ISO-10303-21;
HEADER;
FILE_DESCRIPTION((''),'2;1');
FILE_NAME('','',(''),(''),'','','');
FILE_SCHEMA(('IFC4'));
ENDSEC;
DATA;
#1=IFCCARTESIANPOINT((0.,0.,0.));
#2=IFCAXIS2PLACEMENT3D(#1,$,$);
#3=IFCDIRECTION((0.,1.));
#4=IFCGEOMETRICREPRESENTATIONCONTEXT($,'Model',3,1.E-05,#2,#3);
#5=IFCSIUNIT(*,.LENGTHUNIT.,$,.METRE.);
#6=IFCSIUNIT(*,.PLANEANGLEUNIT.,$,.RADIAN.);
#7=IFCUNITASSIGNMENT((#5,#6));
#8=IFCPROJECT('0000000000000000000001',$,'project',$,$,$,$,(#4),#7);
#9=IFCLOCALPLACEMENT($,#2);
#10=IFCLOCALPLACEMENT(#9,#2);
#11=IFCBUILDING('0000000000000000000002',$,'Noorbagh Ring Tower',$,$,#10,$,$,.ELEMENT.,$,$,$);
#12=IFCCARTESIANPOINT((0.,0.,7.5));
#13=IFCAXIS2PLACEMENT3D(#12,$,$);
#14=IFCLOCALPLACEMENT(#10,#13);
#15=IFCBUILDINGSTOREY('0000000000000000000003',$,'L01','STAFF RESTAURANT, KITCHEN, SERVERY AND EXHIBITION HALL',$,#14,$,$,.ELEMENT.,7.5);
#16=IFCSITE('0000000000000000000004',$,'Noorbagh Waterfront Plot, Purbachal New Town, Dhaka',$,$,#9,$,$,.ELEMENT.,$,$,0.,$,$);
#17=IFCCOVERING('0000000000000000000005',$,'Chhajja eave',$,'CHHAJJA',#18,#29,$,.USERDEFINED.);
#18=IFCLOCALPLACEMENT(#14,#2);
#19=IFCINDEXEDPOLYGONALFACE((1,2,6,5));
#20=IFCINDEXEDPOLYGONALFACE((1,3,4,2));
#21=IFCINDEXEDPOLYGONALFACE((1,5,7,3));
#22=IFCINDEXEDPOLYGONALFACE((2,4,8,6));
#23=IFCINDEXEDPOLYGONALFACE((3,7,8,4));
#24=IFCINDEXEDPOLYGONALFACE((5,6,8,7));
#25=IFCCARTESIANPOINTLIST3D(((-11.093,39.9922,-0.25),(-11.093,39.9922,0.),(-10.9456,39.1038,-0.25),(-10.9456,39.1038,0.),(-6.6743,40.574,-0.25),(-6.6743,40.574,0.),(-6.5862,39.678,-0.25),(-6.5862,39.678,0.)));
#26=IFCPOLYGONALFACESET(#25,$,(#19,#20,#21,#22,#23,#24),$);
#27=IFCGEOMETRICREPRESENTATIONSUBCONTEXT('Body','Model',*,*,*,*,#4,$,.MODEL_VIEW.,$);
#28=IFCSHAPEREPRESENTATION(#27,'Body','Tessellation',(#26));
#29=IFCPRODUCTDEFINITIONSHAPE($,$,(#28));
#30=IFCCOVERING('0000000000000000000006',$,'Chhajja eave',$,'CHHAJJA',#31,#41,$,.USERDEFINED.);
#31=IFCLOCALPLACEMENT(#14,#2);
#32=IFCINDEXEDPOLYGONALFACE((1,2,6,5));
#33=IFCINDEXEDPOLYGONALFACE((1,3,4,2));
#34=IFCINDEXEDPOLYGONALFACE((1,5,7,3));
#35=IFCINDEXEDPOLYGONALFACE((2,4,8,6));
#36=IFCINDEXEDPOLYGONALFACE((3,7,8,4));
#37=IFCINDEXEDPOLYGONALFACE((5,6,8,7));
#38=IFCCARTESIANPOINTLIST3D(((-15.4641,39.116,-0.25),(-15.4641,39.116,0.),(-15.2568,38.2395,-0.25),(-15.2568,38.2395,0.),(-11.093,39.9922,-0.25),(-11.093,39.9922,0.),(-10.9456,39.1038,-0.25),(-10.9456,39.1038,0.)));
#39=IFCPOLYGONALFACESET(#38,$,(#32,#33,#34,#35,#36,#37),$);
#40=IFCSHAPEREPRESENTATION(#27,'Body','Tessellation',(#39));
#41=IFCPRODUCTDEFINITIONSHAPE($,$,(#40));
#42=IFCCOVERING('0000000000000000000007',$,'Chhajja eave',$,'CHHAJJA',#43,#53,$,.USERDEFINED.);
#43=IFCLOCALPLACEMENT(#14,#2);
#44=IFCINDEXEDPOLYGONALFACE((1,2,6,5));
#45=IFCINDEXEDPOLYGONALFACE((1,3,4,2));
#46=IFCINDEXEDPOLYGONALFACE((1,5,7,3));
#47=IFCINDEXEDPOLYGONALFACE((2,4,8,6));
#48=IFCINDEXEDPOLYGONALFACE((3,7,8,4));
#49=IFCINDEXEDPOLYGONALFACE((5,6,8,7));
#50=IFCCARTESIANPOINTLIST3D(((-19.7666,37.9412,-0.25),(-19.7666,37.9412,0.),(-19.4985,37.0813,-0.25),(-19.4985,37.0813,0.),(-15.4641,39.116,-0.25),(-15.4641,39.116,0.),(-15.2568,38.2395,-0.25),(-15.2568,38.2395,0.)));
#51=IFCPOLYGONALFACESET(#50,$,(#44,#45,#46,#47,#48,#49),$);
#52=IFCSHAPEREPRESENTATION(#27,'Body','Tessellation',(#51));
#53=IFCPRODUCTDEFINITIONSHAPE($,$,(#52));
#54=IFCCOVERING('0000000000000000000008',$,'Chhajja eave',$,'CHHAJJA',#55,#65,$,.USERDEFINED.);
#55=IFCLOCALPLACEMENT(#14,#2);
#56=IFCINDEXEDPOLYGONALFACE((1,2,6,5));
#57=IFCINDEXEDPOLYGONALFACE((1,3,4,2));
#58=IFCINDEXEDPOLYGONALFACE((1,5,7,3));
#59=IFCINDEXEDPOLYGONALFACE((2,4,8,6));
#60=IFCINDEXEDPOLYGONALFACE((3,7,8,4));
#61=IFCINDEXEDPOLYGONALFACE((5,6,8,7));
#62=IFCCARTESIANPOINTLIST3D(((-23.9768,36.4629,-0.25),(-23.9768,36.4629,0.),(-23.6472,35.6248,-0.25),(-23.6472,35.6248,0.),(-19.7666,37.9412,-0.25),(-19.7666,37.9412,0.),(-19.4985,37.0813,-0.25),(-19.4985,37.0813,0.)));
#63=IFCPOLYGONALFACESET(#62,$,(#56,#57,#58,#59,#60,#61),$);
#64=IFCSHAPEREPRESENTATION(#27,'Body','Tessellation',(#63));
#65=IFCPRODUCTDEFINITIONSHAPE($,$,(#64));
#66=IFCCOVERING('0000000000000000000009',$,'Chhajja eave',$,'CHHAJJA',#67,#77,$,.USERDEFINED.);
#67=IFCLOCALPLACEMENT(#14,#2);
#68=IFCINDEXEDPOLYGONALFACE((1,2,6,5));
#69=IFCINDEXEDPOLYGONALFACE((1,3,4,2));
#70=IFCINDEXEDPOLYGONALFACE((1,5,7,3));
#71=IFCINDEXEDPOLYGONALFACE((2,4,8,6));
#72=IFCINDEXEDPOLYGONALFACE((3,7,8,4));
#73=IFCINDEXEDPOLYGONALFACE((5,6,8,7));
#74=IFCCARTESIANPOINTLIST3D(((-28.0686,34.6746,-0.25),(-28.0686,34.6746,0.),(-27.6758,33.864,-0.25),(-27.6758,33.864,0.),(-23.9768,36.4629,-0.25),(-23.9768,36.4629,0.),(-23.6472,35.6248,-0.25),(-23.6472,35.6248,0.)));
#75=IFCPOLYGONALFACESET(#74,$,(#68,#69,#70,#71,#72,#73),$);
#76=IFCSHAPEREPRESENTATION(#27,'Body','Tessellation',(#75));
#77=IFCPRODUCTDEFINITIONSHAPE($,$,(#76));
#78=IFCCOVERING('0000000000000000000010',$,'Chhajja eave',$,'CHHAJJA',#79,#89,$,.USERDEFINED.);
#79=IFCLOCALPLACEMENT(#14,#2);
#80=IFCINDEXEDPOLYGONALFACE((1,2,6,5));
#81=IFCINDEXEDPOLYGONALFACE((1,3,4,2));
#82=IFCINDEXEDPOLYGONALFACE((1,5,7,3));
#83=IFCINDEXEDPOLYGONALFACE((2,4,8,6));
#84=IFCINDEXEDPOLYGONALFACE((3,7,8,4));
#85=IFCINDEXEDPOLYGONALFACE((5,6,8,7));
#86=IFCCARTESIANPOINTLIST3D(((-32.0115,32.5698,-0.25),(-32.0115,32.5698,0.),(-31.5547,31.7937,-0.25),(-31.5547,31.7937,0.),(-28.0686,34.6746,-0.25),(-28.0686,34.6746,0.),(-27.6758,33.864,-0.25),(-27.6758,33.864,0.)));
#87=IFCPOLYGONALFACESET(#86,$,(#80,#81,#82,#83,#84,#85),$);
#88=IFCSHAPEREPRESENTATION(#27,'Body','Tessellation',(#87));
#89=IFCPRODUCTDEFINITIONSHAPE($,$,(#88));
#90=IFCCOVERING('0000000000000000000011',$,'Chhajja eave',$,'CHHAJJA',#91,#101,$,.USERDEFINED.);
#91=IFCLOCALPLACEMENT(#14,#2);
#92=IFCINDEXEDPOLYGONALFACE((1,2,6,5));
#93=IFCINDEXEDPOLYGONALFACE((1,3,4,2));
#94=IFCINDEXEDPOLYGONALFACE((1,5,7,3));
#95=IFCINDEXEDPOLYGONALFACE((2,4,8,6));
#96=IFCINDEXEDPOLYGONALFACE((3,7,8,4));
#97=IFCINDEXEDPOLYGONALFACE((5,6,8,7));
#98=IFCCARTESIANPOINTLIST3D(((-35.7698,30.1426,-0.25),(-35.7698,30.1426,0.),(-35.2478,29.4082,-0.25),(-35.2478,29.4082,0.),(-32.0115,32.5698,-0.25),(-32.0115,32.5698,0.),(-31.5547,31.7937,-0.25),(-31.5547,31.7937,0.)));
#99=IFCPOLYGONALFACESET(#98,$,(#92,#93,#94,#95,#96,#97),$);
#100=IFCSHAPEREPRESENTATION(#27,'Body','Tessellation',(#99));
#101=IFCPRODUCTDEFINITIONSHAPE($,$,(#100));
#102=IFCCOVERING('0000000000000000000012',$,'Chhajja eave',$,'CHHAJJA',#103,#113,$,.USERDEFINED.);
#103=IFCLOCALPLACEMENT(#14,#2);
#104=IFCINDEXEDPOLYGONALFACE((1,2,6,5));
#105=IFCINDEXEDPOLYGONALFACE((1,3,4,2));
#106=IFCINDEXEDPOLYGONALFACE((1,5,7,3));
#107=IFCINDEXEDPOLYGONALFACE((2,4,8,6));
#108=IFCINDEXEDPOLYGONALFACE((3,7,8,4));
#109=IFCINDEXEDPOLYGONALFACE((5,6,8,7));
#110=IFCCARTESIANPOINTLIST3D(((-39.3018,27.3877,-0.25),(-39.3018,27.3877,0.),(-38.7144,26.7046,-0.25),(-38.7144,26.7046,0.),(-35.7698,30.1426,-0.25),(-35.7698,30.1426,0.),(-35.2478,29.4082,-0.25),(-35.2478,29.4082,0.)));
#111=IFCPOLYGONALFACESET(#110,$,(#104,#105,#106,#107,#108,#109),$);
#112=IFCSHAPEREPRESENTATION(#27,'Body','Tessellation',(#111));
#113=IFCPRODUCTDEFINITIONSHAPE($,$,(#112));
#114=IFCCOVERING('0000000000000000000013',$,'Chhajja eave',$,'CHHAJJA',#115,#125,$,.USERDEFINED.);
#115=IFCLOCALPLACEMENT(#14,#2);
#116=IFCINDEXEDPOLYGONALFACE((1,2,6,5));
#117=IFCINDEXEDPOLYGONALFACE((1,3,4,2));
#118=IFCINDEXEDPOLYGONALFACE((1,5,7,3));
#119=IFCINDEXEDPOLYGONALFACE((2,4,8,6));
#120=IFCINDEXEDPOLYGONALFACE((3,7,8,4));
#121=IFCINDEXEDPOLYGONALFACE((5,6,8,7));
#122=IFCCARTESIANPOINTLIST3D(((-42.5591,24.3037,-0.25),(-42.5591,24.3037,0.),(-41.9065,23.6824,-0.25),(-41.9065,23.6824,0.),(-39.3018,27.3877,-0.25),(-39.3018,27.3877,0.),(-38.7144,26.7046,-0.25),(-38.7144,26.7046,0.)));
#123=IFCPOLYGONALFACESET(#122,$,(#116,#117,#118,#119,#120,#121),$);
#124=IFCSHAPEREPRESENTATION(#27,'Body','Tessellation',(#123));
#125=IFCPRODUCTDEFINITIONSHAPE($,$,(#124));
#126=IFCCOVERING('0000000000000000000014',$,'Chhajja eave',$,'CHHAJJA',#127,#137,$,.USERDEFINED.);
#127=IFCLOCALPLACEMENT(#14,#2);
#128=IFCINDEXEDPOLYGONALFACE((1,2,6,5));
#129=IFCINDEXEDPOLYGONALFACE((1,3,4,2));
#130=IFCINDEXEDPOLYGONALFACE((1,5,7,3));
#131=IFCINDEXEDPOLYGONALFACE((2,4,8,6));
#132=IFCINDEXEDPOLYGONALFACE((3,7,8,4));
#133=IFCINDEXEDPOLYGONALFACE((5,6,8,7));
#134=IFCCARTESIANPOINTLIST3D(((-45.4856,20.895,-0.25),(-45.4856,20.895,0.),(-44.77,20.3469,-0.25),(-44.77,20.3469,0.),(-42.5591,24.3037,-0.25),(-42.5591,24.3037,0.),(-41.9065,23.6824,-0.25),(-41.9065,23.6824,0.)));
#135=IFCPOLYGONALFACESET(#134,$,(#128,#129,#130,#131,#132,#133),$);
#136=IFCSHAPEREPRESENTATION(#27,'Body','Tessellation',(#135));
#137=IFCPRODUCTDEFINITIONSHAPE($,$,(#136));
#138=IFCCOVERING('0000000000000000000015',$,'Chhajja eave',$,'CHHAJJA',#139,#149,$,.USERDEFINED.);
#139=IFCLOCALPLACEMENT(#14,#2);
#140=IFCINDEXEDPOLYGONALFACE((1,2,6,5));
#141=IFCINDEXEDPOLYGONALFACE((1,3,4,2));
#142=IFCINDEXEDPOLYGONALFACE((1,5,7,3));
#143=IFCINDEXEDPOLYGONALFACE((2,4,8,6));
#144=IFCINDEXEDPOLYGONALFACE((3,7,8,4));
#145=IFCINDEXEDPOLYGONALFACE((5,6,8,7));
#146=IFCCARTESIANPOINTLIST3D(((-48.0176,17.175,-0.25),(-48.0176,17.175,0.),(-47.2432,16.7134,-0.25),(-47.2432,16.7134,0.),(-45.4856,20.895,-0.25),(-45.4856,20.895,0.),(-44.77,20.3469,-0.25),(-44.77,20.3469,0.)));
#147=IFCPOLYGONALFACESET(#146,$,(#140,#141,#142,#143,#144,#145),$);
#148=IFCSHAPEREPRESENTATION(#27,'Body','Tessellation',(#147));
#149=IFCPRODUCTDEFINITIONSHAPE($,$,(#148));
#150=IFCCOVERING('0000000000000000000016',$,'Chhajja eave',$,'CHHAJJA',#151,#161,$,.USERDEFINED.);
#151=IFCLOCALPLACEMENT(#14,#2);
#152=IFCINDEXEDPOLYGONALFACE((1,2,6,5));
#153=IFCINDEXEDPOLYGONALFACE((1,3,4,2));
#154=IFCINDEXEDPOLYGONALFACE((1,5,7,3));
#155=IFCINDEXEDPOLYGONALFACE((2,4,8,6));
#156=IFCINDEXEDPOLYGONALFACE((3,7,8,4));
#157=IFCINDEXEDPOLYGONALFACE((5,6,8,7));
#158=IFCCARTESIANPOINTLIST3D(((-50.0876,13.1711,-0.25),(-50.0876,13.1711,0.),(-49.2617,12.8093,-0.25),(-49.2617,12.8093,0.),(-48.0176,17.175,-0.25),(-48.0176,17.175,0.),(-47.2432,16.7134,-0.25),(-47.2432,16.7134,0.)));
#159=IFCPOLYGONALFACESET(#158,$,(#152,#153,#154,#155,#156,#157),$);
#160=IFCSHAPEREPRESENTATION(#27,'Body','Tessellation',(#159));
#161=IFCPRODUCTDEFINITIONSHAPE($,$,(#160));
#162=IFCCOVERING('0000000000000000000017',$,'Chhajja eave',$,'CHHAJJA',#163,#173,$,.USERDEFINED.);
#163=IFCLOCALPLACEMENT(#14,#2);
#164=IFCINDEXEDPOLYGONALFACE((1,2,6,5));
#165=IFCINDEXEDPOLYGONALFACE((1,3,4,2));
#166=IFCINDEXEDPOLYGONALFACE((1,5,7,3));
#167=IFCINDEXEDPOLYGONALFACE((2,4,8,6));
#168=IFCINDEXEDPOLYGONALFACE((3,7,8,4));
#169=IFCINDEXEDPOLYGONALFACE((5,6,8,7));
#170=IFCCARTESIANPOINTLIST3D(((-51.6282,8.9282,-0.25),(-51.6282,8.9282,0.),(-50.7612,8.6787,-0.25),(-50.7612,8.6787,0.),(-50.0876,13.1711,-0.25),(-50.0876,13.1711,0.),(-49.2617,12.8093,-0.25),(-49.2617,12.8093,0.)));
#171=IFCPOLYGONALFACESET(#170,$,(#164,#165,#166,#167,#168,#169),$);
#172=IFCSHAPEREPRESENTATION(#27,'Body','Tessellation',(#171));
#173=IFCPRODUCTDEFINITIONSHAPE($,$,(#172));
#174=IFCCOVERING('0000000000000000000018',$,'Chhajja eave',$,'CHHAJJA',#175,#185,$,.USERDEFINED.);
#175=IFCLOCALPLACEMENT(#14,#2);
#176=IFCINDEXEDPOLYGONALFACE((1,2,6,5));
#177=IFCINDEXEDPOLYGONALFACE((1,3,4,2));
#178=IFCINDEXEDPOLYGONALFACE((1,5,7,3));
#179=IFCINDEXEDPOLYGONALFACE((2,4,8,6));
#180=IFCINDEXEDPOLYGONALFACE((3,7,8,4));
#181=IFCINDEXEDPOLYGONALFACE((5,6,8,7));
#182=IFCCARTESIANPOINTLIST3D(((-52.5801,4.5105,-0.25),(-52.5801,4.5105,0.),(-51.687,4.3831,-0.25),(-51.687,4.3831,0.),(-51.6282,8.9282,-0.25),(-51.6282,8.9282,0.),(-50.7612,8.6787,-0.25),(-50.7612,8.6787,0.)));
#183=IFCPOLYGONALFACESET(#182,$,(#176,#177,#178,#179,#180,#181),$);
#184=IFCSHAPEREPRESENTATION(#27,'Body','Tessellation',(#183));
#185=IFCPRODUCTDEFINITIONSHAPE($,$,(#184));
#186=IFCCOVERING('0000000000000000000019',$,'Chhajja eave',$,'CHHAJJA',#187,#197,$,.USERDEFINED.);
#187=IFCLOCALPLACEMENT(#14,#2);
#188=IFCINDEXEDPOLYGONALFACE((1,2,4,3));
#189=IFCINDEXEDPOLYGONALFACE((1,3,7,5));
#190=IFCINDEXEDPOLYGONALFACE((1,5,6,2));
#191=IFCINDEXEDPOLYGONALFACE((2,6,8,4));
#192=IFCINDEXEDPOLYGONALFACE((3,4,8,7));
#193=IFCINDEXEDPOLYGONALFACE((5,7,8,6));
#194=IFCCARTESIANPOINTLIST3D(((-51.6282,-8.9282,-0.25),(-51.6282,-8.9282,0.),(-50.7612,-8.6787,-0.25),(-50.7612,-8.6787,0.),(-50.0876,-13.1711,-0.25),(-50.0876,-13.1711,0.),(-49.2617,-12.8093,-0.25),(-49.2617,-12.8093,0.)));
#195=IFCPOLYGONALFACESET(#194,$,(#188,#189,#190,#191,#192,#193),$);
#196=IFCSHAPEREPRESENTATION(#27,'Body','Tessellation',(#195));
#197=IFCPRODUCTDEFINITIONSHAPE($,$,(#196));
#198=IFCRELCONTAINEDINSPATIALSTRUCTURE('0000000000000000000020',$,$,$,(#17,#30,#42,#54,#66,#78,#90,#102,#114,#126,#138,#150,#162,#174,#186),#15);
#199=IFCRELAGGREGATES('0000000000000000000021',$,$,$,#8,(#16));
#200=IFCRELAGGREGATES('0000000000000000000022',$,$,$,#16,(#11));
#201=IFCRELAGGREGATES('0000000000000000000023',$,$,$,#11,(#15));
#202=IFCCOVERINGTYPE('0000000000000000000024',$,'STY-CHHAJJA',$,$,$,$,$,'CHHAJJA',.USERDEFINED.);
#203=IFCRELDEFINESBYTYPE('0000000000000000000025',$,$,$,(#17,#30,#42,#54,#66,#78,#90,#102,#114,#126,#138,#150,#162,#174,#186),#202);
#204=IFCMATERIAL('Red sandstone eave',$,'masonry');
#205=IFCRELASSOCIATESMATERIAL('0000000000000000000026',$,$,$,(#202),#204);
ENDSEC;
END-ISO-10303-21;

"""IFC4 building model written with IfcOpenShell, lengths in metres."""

from ifc_helpers import new_model, si_unit, direction, frame, origin, place, context, subcontext, project, spatial, polyline, outline, extrude, material, type_object, element, save


model = new_model("IFC4")

# Units and contexts
model_context = context("Model", 3, precision=1e-05, world=origin(), true_north=direction((0.0, 1.0)))
body_context = subcontext(model_context, "Body", "Model", "MODEL_VIEW")
ifc_project = project(units=[si_unit("LENGTHUNIT", "METRE"), si_unit("PLANEANGLEUNIT", "RADIAN")], contexts=[model_context])

# Site, building, storey
site_placement = place(None, origin())
site = spatial("IfcSite", under=ifc_project, at=site_placement, Name="Noorbagh Waterfront Plot, Purbachal New Town, Dhaka", CompositionType="ELEMENT", RefElevation=0.0)
building_placement = place(site_placement, origin())
building = spatial("IfcBuilding", under=site, at=building_placement, Name="Noorbagh Ring Tower", CompositionType="ELEMENT")
storey_placement = place(building_placement, frame((0.0, 0.0, 7.5)))
storey = spatial("IfcBuildingStorey", under=building, at=storey_placement, Name="L01", Description="STAFF RESTAURANT, KITCHEN, SERVERY AND EXHIBITION HALL", CompositionType="ELEMENT", Elevation=7.5)

# Coverings
ifc_material = material(Name="Red sandstone eave", Category="masonry")
covering_type = type_object("IfcCoveringType", Name="STY-CHHAJJA", ElementType="CHHAJJA", PredefinedType="USERDEFINED", material=ifc_material)
covering_1_placement = place(storey_placement, frame((0.0, 0.0, -0.25)))
element("IfcCovering", 1, at=covering_1_placement, inside=storey, type_object=covering_type, Name="Chhajja eave", ObjectType="CHHAJJA", PredefinedType="USERDEFINED", context=body_context, shape_type="SweptSolid", body=[
    extrude(outline(polyline([(-6.5862, 39.678), (-10.9456, 39.1038), (-11.093, 39.9922), (-6.6743, 40.574), (-6.5862, 39.678)])), origin(), (0.0, 0.0, 1.0), 0.25),
])
covering_2_placement = place(storey_placement, frame((0.0, 0.0, -0.25)))
element("IfcCovering", 2, at=covering_2_placement, inside=storey, type_object=covering_type, Name="Chhajja eave", ObjectType="CHHAJJA", PredefinedType="USERDEFINED", context=body_context, shape_type="SweptSolid", body=[
    extrude(outline(polyline([(-10.9456, 39.1038), (-15.2568, 38.2395), (-15.4641, 39.116), (-11.093, 39.9922), (-10.9456, 39.1038)])), origin(), (0.0, 0.0, 1.0), 0.25),
])
covering_3_placement = place(storey_placement, frame((0.0, 0.0, -0.25)))
element("IfcCovering", 3, at=covering_3_placement, inside=storey, type_object=covering_type, Name="Chhajja eave", ObjectType="CHHAJJA", PredefinedType="USERDEFINED", context=body_context, shape_type="SweptSolid", body=[
    extrude(outline(polyline([(-15.2568, 38.2395), (-19.4985, 37.0813), (-19.7666, 37.9412), (-15.4641, 39.116), (-15.2568, 38.2395)])), origin(), (0.0, 0.0, 1.0), 0.25),
])
covering_4_placement = place(storey_placement, frame((0.0, 0.0, -0.25)))
element("IfcCovering", 4, at=covering_4_placement, inside=storey, type_object=covering_type, Name="Chhajja eave", ObjectType="CHHAJJA", PredefinedType="USERDEFINED", context=body_context, shape_type="SweptSolid", body=[
    extrude(outline(polyline([(-19.4985, 37.0813), (-23.6472, 35.6248), (-23.9768, 36.4629), (-19.7666, 37.9412), (-19.4985, 37.0813)])), origin(), (0.0, 0.0, 1.0), 0.25),
])
covering_5_placement = place(storey_placement, frame((0.0, 0.0, -0.25)))
element("IfcCovering", 5, at=covering_5_placement, inside=storey, type_object=covering_type, Name="Chhajja eave", ObjectType="CHHAJJA", PredefinedType="USERDEFINED", context=body_context, shape_type="SweptSolid", body=[
    extrude(outline(polyline([(-23.6472, 35.6248), (-27.6758, 33.864), (-28.0686, 34.6746), (-23.9768, 36.4629), (-23.6472, 35.6248)])), origin(), (0.0, 0.0, 1.0), 0.25),
])
covering_6_placement = place(storey_placement, frame((0.0, 0.0, -0.25)))
element("IfcCovering", 6, at=covering_6_placement, inside=storey, type_object=covering_type, Name="Chhajja eave", ObjectType="CHHAJJA", PredefinedType="USERDEFINED", context=body_context, shape_type="SweptSolid", body=[
    extrude(outline(polyline([(-27.6758, 33.864), (-31.5547, 31.7937), (-32.0115, 32.5698), (-28.0686, 34.6746), (-27.6758, 33.864)])), origin(), (0.0, 0.0, 1.0), 0.25),
])
covering_7_placement = place(storey_placement, frame((0.0, 0.0, -0.25)))
element("IfcCovering", 7, at=covering_7_placement, inside=storey, type_object=covering_type, Name="Chhajja eave", ObjectType="CHHAJJA", PredefinedType="USERDEFINED", context=body_context, shape_type="SweptSolid", body=[
    extrude(outline(polyline([(-31.5547, 31.7937), (-35.2478, 29.4082), (-35.7698, 30.1426), (-32.0115, 32.5698), (-31.5547, 31.7937)])), origin(), (0.0, 0.0, 1.0), 0.25),
])
covering_8_placement = place(storey_placement, frame((0.0, 0.0, -0.25)))
element("IfcCovering", 8, at=covering_8_placement, inside=storey, type_object=covering_type, Name="Chhajja eave", ObjectType="CHHAJJA", PredefinedType="USERDEFINED", context=body_context, shape_type="SweptSolid", body=[
    extrude(outline(polyline([(-35.2478, 29.4082), (-38.7144, 26.7046), (-39.3018, 27.3877), (-35.7698, 30.1426), (-35.2478, 29.4082)])), origin(), (0.0, 0.0, 1.0), 0.25),
])
covering_9_placement = place(storey_placement, frame((0.0, 0.0, -0.25)))
element("IfcCovering", 9, at=covering_9_placement, inside=storey, type_object=covering_type, Name="Chhajja eave", ObjectType="CHHAJJA", PredefinedType="USERDEFINED", context=body_context, shape_type="SweptSolid", body=[
    extrude(outline(polyline([(-38.7144, 26.7046), (-41.9065, 23.6824), (-42.5591, 24.3037), (-39.3018, 27.3877), (-38.7144, 26.7046)])), origin(), (0.0, 0.0, 1.0), 0.25),
])
covering_10_placement = place(storey_placement, frame((0.0, 0.0, -0.25)))
element("IfcCovering", 10, at=covering_10_placement, inside=storey, type_object=covering_type, Name="Chhajja eave", ObjectType="CHHAJJA", PredefinedType="USERDEFINED", context=body_context, shape_type="SweptSolid", body=[
    extrude(outline(polyline([(-41.9065, 23.6824), (-44.77, 20.3469), (-45.4856, 20.895), (-42.5591, 24.3037), (-41.9065, 23.6824)])), origin(), (0.0, 0.0, 1.0), 0.25),
])
covering_11_placement = place(storey_placement, frame((0.0, 0.0, -0.25)))
element("IfcCovering", 11, at=covering_11_placement, inside=storey, type_object=covering_type, Name="Chhajja eave", ObjectType="CHHAJJA", PredefinedType="USERDEFINED", context=body_context, shape_type="SweptSolid", body=[
    extrude(outline(polyline([(-44.77, 20.3469), (-47.2432, 16.7134), (-48.0176, 17.175), (-45.4856, 20.895), (-44.77, 20.3469)])), origin(), (0.0, 0.0, 1.0), 0.25),
])
covering_12_placement = place(storey_placement, frame((0.0, 0.0, -0.25)))
element("IfcCovering", 12, at=covering_12_placement, inside=storey, type_object=covering_type, Name="Chhajja eave", ObjectType="CHHAJJA", PredefinedType="USERDEFINED", context=body_context, shape_type="SweptSolid", body=[
    extrude(outline(polyline([(-47.2432, 16.7134), (-49.2617, 12.8093), (-50.0876, 13.1711), (-48.0176, 17.175), (-47.2432, 16.7134)])), origin(), (0.0, 0.0, 1.0), 0.25),
])
covering_13_placement = place(storey_placement, frame((0.0, 0.0, -0.25)))
element("IfcCovering", 13, at=covering_13_placement, inside=storey, type_object=covering_type, Name="Chhajja eave", ObjectType="CHHAJJA", PredefinedType="USERDEFINED", context=body_context, shape_type="SweptSolid", body=[
    extrude(outline(polyline([(-49.2617, 12.8093), (-50.7612, 8.6787), (-51.6282, 8.9282), (-50.0876, 13.1711), (-49.2617, 12.8093)])), origin(), (0.0, 0.0, 1.0), 0.25),
])
covering_14_placement = place(storey_placement, frame((0.0, 0.0, -0.25)))
element("IfcCovering", 14, at=covering_14_placement, inside=storey, type_object=covering_type, Name="Chhajja eave", ObjectType="CHHAJJA", PredefinedType="USERDEFINED", context=body_context, shape_type="SweptSolid", body=[
    extrude(outline(polyline([(-50.7612, 8.6787), (-51.687, 4.3831), (-52.5801, 4.5105), (-51.6282, 8.9282), (-50.7612, 8.6787)])), origin(), (0.0, 0.0, 1.0), 0.25),
])
covering_15_placement = place(storey_placement, frame((0.0, 0.0, -0.25)))
element("IfcCovering", 15, at=covering_15_placement, inside=storey, type_object=covering_type, Name="Chhajja eave", ObjectType="CHHAJJA", PredefinedType="USERDEFINED", context=body_context, shape_type="SweptSolid", body=[
    extrude(outline(polyline([(-50.7612, -8.6787), (-49.2617, -12.8093), (-50.0876, -13.1711), (-51.6282, -8.9282), (-50.7612, -8.6787)])), origin(), (0.0, 0.0, 1.0), 0.25),
])

save(model, "model.ifc")
